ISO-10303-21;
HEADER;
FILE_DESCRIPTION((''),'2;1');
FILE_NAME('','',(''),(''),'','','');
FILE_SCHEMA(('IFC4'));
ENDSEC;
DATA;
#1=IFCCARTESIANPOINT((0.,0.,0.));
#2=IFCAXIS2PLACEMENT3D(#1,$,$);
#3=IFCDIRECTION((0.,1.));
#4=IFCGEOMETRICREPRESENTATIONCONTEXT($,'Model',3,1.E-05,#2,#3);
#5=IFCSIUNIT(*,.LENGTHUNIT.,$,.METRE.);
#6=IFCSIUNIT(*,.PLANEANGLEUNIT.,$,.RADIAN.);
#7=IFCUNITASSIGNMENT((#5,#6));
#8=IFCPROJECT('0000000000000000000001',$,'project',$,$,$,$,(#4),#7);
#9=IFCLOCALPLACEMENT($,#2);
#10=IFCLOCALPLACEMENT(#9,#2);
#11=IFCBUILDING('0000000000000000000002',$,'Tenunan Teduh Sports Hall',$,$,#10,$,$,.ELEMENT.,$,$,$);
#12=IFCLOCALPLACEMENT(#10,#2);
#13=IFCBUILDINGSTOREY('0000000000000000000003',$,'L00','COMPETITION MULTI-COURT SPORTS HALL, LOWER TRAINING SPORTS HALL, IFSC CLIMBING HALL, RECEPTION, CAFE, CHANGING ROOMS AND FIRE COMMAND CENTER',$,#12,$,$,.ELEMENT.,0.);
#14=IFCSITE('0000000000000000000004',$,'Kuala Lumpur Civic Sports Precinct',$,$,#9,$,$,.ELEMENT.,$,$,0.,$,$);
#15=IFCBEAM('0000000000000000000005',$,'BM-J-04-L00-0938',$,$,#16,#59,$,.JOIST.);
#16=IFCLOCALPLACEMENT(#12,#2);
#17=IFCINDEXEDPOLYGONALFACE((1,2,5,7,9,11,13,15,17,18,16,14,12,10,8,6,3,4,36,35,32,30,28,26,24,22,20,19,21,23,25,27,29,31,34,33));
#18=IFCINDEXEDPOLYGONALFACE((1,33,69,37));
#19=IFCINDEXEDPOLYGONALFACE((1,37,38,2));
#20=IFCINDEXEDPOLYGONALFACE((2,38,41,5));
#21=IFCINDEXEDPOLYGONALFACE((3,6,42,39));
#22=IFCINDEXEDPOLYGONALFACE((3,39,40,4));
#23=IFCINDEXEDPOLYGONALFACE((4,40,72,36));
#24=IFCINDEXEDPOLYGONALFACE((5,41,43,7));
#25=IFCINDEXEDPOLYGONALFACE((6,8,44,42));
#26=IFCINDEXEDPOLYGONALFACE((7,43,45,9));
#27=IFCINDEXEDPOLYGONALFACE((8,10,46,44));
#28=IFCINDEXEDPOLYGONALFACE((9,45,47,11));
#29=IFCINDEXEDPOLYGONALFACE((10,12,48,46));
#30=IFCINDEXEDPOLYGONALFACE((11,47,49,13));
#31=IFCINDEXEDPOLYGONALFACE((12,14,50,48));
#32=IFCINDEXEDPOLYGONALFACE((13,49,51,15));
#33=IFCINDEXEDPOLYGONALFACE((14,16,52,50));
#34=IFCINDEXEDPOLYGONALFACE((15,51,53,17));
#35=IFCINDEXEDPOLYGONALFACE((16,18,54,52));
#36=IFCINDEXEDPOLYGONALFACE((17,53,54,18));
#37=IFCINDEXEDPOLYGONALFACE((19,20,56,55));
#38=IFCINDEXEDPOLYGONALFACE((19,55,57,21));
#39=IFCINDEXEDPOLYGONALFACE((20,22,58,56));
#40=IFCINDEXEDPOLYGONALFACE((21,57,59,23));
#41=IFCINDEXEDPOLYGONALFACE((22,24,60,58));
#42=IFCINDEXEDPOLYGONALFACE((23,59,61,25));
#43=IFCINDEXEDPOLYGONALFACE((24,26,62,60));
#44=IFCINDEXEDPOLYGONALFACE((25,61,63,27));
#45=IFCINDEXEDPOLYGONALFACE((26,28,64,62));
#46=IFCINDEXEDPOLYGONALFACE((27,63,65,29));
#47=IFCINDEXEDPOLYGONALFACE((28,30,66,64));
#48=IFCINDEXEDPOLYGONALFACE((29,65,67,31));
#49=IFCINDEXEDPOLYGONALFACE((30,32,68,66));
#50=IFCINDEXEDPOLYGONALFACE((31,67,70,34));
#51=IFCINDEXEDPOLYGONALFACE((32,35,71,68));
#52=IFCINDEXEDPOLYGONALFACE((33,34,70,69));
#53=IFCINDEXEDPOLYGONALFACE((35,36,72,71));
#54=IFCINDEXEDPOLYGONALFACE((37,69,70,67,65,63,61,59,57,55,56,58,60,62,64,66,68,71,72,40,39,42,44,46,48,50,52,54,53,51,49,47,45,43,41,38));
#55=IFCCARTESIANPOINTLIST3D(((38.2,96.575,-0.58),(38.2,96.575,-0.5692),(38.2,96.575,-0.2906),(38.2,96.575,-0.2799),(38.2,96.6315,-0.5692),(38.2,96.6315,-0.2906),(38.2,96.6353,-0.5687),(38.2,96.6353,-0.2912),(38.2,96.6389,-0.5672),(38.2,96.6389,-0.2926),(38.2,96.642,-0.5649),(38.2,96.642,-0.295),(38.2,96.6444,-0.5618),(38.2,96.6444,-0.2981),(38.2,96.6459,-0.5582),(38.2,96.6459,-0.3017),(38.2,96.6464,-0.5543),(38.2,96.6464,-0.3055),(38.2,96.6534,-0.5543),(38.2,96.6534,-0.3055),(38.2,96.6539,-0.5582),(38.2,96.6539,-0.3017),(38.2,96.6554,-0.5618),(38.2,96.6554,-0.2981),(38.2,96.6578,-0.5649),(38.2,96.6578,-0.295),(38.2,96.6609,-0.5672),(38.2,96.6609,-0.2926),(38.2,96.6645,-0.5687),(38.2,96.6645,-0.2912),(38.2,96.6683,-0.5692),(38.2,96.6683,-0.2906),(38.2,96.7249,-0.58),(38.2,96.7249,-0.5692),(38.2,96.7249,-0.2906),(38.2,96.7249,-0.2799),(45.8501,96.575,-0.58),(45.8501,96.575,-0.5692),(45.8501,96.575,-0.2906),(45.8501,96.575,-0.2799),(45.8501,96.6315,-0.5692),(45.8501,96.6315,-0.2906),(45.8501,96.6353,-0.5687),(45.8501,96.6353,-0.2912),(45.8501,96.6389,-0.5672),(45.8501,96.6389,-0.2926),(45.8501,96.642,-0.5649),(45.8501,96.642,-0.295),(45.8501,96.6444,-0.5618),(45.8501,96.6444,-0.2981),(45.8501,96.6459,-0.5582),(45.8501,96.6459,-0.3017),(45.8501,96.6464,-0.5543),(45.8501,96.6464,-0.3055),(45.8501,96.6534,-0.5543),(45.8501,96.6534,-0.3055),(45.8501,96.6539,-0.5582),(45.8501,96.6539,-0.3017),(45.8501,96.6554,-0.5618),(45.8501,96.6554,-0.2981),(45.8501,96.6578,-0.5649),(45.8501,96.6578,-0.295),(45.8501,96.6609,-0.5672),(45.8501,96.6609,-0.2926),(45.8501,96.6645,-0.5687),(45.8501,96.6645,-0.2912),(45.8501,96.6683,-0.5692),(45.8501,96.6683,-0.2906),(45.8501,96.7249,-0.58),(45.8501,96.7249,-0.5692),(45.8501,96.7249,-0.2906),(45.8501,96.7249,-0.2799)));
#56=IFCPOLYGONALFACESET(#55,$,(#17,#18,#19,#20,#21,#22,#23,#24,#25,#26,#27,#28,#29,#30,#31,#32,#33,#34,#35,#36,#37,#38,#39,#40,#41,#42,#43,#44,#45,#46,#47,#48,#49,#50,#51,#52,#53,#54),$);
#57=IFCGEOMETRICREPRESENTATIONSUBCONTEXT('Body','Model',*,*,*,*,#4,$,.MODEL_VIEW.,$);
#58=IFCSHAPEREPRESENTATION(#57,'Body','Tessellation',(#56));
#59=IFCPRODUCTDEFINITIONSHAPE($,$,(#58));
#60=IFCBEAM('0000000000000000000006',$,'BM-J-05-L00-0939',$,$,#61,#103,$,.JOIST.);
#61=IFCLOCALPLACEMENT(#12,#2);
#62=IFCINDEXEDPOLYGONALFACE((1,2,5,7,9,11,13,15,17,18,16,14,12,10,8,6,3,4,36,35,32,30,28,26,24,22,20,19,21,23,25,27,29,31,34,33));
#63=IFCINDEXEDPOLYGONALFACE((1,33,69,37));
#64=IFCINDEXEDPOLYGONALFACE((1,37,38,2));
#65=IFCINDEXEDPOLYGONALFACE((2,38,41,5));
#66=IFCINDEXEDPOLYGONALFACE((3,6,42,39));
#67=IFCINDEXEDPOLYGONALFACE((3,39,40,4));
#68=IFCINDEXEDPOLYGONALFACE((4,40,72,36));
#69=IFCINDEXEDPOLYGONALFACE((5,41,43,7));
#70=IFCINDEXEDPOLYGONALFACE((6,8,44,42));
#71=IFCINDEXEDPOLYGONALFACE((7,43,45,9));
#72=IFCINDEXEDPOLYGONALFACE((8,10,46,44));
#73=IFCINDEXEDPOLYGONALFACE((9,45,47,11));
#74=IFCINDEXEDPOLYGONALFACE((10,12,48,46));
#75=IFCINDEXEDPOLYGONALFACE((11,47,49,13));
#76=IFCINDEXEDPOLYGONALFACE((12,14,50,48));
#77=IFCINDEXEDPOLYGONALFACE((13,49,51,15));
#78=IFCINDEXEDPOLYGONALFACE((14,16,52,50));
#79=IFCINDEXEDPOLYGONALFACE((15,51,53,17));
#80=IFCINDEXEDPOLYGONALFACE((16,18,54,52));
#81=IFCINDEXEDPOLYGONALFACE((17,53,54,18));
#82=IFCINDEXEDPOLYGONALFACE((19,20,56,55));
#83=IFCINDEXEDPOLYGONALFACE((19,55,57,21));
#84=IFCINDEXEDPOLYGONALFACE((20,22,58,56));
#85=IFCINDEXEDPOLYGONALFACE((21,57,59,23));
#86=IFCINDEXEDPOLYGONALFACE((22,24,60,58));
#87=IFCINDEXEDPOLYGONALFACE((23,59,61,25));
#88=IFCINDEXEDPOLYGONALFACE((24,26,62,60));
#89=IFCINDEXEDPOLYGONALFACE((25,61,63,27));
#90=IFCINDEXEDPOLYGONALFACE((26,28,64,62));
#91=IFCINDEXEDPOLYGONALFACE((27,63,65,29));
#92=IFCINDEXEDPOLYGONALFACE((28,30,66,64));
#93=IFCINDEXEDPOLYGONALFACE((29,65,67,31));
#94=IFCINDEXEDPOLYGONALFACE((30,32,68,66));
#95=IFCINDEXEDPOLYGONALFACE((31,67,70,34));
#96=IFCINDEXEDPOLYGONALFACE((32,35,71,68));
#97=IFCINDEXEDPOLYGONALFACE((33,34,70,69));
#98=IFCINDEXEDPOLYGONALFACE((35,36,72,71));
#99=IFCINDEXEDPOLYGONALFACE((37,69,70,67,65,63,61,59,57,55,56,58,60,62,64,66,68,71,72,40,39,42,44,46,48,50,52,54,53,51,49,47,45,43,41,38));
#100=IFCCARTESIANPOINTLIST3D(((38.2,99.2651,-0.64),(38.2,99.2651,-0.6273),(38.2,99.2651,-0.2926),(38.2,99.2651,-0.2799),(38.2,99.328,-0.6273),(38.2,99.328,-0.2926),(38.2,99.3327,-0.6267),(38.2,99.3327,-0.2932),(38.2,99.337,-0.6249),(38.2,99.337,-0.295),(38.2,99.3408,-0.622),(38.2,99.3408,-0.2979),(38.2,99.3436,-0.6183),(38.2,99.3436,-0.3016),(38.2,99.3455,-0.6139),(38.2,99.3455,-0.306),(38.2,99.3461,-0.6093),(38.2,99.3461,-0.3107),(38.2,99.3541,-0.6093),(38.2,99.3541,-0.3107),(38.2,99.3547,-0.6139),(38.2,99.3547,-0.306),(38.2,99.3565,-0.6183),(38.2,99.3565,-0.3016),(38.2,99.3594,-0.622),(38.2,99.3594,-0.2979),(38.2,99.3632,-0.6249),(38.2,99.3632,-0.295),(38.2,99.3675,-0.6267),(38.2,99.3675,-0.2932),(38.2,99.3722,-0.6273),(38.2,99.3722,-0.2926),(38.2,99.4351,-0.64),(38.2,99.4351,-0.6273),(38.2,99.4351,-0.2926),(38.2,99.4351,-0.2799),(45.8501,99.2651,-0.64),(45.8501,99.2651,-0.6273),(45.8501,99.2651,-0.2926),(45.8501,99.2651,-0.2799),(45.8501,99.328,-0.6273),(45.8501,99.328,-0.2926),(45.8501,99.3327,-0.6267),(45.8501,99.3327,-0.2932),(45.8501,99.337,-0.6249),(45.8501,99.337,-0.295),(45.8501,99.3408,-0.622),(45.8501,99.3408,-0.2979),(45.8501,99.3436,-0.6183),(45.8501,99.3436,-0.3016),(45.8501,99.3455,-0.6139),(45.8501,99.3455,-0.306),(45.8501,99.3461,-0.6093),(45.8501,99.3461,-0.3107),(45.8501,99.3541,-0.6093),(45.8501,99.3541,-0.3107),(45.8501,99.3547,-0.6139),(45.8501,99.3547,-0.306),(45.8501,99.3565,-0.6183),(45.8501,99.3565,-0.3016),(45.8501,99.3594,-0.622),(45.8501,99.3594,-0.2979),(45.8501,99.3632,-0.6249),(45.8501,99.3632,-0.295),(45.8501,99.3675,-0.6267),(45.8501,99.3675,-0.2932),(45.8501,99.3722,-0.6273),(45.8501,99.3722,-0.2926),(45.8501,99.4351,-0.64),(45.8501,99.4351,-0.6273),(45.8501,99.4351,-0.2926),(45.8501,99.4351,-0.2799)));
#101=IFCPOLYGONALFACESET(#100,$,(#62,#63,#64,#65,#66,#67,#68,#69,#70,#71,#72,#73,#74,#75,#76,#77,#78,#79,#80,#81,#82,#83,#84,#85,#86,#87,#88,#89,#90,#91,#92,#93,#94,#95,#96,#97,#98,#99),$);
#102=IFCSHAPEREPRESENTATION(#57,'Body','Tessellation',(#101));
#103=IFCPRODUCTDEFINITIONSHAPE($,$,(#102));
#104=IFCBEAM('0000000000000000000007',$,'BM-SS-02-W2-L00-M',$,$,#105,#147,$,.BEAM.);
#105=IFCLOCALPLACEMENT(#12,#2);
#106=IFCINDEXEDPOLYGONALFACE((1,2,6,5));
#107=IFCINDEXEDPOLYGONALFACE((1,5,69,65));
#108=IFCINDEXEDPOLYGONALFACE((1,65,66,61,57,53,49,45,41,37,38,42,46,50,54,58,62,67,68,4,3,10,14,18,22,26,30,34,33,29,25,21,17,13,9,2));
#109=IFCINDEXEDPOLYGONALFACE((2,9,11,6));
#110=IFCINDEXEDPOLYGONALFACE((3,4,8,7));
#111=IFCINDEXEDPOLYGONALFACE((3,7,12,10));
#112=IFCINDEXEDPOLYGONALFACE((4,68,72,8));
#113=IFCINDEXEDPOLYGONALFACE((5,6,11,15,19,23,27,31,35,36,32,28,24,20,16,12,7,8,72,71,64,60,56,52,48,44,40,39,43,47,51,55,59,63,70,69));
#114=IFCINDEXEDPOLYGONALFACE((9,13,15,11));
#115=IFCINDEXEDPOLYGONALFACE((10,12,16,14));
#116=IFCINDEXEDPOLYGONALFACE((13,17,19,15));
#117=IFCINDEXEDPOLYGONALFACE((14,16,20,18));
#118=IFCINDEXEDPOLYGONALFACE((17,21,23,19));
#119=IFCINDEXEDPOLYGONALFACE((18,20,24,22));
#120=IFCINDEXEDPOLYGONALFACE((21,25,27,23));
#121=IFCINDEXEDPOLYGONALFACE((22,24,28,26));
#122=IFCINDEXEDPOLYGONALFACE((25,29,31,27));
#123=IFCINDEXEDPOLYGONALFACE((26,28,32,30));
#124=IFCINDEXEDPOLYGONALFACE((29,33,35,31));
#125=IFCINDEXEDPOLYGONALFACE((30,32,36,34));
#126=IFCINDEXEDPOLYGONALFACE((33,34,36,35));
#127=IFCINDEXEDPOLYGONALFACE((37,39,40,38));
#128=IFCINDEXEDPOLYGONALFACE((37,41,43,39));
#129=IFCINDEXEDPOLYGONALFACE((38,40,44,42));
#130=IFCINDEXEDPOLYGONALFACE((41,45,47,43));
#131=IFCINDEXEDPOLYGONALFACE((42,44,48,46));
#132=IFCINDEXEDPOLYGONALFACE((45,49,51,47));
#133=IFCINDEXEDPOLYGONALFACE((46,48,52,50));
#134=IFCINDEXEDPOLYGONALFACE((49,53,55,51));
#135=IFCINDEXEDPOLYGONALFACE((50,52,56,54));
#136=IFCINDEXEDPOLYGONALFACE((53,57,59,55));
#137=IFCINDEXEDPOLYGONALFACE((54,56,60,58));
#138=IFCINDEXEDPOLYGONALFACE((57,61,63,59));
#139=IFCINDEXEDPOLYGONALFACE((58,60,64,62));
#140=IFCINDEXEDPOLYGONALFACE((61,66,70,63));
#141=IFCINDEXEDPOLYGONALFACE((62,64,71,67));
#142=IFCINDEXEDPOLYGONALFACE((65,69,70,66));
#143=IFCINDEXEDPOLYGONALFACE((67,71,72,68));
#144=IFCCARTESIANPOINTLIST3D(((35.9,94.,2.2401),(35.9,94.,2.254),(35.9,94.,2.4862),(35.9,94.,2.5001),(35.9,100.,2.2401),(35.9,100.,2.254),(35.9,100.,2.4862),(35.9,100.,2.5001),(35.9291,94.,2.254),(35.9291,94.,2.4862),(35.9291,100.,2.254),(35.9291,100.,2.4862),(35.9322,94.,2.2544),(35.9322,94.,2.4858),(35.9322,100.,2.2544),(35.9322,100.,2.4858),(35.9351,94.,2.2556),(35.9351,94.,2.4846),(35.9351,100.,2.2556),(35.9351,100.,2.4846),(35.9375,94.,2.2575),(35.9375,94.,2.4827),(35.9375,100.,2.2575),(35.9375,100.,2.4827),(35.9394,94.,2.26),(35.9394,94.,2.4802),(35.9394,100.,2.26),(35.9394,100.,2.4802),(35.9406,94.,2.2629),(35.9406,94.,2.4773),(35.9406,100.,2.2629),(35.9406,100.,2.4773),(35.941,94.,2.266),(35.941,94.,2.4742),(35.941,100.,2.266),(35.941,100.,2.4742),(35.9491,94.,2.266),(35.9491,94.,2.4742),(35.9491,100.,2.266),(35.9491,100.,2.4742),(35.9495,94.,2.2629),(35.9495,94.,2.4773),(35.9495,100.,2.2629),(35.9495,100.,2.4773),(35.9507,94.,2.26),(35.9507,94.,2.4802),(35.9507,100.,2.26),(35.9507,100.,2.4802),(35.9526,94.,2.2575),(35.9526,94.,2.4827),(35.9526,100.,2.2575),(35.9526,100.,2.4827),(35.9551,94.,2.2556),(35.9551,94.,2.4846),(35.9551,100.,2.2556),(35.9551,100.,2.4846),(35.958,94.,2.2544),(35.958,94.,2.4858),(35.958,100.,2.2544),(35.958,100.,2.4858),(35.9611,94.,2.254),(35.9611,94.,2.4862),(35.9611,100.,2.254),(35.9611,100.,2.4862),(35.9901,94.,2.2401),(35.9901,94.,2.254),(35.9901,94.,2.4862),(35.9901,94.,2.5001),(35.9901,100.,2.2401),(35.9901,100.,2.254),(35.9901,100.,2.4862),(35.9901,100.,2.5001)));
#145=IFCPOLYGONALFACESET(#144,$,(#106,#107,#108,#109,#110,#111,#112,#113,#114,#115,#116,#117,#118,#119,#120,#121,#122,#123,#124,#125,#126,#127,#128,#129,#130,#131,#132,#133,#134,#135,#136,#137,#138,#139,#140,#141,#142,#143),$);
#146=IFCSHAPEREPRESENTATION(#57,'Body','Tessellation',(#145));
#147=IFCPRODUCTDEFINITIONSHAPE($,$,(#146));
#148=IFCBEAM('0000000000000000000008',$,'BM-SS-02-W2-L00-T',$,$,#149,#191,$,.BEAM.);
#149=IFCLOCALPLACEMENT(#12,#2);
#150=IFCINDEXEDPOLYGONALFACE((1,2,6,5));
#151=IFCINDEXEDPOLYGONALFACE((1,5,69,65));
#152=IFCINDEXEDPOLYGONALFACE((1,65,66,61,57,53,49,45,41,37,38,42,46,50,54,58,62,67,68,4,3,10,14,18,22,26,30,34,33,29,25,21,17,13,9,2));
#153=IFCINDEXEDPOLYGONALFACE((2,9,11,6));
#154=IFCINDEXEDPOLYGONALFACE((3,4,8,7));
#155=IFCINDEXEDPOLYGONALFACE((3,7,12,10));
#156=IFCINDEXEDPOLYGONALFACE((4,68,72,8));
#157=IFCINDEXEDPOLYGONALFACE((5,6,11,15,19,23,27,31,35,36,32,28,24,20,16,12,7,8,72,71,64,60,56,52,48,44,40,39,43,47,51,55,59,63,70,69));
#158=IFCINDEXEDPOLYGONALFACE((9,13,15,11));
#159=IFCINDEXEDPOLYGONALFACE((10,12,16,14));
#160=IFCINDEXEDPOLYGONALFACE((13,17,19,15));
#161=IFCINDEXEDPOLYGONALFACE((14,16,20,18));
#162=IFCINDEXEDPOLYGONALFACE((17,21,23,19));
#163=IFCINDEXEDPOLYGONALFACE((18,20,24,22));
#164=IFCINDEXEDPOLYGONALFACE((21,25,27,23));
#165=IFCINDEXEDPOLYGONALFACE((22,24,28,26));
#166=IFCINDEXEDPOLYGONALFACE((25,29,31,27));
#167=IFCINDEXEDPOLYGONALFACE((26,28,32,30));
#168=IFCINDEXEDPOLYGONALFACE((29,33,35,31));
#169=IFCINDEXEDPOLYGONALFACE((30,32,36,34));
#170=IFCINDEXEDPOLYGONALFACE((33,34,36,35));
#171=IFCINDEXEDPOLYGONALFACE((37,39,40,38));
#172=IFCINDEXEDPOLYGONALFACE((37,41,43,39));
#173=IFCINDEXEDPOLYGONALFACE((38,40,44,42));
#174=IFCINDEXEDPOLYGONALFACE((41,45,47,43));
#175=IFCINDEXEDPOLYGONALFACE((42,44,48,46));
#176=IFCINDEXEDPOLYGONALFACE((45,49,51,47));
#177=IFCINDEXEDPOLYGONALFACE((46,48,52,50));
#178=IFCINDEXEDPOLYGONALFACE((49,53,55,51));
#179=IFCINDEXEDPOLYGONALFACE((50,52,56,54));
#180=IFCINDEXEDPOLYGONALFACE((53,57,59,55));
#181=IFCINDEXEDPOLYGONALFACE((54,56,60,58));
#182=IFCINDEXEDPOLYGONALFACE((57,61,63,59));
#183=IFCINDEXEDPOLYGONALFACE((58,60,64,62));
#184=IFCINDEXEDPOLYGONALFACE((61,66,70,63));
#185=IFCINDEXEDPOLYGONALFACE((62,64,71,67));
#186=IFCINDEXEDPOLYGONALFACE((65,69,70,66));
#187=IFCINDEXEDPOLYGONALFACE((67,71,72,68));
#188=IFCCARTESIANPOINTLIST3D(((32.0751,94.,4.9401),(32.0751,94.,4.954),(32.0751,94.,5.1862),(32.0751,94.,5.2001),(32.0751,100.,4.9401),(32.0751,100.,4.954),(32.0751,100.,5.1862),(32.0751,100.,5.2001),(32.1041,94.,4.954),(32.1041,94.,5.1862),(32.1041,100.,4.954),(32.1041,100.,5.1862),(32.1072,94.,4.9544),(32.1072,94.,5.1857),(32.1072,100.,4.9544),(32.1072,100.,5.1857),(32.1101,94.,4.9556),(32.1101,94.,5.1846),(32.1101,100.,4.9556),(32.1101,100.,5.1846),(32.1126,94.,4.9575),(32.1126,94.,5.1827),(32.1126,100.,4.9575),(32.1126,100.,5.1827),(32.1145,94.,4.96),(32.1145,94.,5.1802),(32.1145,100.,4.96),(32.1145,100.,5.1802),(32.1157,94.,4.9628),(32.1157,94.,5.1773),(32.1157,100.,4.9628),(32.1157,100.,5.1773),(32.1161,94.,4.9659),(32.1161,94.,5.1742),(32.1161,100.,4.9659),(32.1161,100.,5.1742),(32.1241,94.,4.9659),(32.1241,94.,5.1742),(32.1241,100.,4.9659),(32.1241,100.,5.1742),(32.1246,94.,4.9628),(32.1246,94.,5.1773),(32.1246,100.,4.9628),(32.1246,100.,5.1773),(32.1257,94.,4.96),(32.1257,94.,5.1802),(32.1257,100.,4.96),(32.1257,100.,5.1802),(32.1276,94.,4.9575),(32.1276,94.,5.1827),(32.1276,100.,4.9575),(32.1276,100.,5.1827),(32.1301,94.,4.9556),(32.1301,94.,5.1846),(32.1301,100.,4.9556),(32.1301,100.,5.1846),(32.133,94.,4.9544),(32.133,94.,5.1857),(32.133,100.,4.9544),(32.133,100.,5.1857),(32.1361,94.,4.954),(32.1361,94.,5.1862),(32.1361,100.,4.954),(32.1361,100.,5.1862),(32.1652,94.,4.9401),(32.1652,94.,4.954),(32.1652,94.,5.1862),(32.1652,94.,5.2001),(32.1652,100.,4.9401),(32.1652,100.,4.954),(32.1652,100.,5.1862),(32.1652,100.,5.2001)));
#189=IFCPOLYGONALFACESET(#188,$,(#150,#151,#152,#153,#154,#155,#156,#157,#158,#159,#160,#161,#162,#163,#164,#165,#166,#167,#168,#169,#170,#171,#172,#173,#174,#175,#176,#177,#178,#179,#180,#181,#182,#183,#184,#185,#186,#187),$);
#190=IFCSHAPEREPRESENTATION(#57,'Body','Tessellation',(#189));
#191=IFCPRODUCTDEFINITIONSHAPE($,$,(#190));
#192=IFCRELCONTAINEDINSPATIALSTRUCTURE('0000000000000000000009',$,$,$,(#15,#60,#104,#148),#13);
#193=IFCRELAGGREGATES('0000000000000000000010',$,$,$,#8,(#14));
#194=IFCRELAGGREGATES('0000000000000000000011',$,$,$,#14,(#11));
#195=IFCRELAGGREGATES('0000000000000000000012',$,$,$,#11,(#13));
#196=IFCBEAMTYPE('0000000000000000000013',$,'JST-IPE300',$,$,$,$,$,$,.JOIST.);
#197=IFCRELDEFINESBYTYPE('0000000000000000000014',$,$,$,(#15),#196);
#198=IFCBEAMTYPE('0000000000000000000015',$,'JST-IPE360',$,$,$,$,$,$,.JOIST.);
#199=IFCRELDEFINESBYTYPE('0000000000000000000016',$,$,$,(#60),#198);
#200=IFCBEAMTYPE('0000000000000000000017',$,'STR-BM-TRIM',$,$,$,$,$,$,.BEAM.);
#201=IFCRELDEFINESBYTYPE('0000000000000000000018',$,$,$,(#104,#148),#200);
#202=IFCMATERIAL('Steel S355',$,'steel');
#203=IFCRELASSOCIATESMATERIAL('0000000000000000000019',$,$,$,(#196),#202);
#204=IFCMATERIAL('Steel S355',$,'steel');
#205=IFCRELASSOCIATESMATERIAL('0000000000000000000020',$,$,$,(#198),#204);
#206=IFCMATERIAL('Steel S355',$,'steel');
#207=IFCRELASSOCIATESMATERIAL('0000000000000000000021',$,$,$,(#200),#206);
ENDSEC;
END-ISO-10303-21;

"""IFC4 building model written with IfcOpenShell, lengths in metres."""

from ifc_helpers import new_model, si_unit, direction, frame, origin, origin_2d, place, context, subcontext, project, spatial, i_section, extrude, material, material_profile, profile_set, type_object, element, save


model = new_model("IFC4")

# Units and contexts
model_context = context("Model", 3, precision=1e-05, world=origin(), true_north=direction((0.0, 1.0)))
body_context = subcontext(model_context, "Body", "Model", "MODEL_VIEW")
ifc_project = project(units=[si_unit("LENGTHUNIT", "METRE"), si_unit("PLANEANGLEUNIT", "RADIAN")], contexts=[model_context])

# Site, building, storey
site_placement = place(None, origin())
site = spatial("IfcSite", under=ifc_project, at=site_placement, Name="Kuala Lumpur Civic Sports Precinct", CompositionType="ELEMENT", RefElevation=0.0)
building_placement = place(site_placement, origin())
building = spatial("IfcBuilding", under=site, at=building_placement, Name="Tenunan Teduh Sports Hall", CompositionType="ELEMENT")
storey_placement = place(building_placement, origin())
storey = spatial("IfcBuildingStorey", under=building, at=storey_placement, Name="L00", Description="COMPETITION MULTI-COURT SPORTS HALL, LOWER TRAINING SPORTS HALL, IFSC CLIMBING HALL, RECEPTION, CAFE, CHANGING ROOMS AND FIRE COMMAND CENTER", CompositionType="ELEMENT", Elevation=0.0)

# Beams
ifc_material_1 = material(Name="Steel S355", Category="steel")
ifc_material_profile_1 = material_profile(ifc_material_1, i_section(OverallWidth=0.1499, OverallDepth=0.3, WebThickness=0.0071, FlangeThickness=0.0107, FilletRadius=0.0149, at=origin_2d()), Name="IPE 300")
ifc_profile_set_1 = profile_set([ifc_material_profile_1], Name="Steel S355")
beam_type_1 = type_object("IfcBeamType", Name="JST-IPE300", PredefinedType="JOIST", material=ifc_profile_set_1)
beam_1_placement = place(storey_placement, frame((38.2, 96.6499, -0.4299), z_axis=(1.0, 0.0, 0.0), x_axis=(0.0, 1.0, 0.0)))
element("IfcBeam", 1, at=beam_1_placement, inside=storey, type_object=beam_type_1, Name="BM-J-04-L00-0938", PredefinedType="JOIST", context=body_context, shape_type="SweptSolid", body=[
    extrude(i_section(OverallWidth=0.1499, OverallDepth=0.3, WebThickness=0.0071, FlangeThickness=0.0107, FilletRadius=0.0149, at=origin_2d()), origin(), (0.0, 0.0, 1.0), 7.6501),
])
ifc_material_2 = material(Name="Steel S355", Category="steel")
ifc_material_profile_2 = material_profile(ifc_material_2, i_section(OverallWidth=0.1699, OverallDepth=0.3601, WebThickness=0.0081, FlangeThickness=0.0127, FilletRadius=0.0181, at=origin_2d()), Name="IPE 360")
ifc_profile_set_2 = profile_set([ifc_material_profile_2], Name="Steel S355")
beam_type_2 = type_object("IfcBeamType", Name="JST-IPE360", PredefinedType="JOIST", material=ifc_profile_set_2)
beam_2_placement = place(storey_placement, frame((38.2, 99.3501, -0.46), z_axis=(1.0, 0.0, 0.0), x_axis=(0.0, 1.0, 0.0)))
element("IfcBeam", 2, at=beam_2_placement, inside=storey, type_object=beam_type_2, Name="BM-J-05-L00-0939", PredefinedType="JOIST", context=body_context, shape_type="SweptSolid", body=[
    extrude(i_section(OverallWidth=0.1699, OverallDepth=0.3601, WebThickness=0.0081, FlangeThickness=0.0127, FilletRadius=0.0181, at=origin_2d()), origin(), (0.0, 0.0, 1.0), 7.6501),
])
ifc_material_3 = material(Name="Steel S355", Category="steel")
ifc_material_profile_3 = material_profile(ifc_material_3, i_section(OverallWidth=0.0901, OverallDepth=0.26, WebThickness=0.0081, FlangeThickness=0.0139, FilletRadius=0.012, at=origin_2d()), Name="PFC 260x90")
ifc_profile_set_3 = profile_set([ifc_material_profile_3], Name="Steel S355")
beam_type_3 = type_object("IfcBeamType", Name="STR-BM-TRIM", PredefinedType="BEAM", material=ifc_profile_set_3)
for number, where, z_axis, x_axis, name in (
    (3, (35.9451, 94.0, 2.3701), (0.0, 1.0, 0.0), (-1.0, 0.0, 0.0), "BM-SS-02-W2-L00-M"),
    (4, (32.1201, 94.0, 5.0701), (0.0, 1.0, 0.0), (-1.0, 0.0, 0.0), "BM-SS-02-W2-L00-T"),
):
    element("IfcBeam", number, at=place(storey_placement, frame(where, z_axis=z_axis, x_axis=x_axis)), inside=storey, type_object=beam_type_3, Name=name, PredefinedType="BEAM", context=body_context, shape_type="SweptSolid", body=[
        extrude(i_section(OverallWidth=0.0901, OverallDepth=0.26, WebThickness=0.0081, FlangeThickness=0.0139, FilletRadius=0.012, at=origin_2d()), origin(), (0.0, 0.0, 1.0), 6.0),
    ])

save(model, "model.ifc")
